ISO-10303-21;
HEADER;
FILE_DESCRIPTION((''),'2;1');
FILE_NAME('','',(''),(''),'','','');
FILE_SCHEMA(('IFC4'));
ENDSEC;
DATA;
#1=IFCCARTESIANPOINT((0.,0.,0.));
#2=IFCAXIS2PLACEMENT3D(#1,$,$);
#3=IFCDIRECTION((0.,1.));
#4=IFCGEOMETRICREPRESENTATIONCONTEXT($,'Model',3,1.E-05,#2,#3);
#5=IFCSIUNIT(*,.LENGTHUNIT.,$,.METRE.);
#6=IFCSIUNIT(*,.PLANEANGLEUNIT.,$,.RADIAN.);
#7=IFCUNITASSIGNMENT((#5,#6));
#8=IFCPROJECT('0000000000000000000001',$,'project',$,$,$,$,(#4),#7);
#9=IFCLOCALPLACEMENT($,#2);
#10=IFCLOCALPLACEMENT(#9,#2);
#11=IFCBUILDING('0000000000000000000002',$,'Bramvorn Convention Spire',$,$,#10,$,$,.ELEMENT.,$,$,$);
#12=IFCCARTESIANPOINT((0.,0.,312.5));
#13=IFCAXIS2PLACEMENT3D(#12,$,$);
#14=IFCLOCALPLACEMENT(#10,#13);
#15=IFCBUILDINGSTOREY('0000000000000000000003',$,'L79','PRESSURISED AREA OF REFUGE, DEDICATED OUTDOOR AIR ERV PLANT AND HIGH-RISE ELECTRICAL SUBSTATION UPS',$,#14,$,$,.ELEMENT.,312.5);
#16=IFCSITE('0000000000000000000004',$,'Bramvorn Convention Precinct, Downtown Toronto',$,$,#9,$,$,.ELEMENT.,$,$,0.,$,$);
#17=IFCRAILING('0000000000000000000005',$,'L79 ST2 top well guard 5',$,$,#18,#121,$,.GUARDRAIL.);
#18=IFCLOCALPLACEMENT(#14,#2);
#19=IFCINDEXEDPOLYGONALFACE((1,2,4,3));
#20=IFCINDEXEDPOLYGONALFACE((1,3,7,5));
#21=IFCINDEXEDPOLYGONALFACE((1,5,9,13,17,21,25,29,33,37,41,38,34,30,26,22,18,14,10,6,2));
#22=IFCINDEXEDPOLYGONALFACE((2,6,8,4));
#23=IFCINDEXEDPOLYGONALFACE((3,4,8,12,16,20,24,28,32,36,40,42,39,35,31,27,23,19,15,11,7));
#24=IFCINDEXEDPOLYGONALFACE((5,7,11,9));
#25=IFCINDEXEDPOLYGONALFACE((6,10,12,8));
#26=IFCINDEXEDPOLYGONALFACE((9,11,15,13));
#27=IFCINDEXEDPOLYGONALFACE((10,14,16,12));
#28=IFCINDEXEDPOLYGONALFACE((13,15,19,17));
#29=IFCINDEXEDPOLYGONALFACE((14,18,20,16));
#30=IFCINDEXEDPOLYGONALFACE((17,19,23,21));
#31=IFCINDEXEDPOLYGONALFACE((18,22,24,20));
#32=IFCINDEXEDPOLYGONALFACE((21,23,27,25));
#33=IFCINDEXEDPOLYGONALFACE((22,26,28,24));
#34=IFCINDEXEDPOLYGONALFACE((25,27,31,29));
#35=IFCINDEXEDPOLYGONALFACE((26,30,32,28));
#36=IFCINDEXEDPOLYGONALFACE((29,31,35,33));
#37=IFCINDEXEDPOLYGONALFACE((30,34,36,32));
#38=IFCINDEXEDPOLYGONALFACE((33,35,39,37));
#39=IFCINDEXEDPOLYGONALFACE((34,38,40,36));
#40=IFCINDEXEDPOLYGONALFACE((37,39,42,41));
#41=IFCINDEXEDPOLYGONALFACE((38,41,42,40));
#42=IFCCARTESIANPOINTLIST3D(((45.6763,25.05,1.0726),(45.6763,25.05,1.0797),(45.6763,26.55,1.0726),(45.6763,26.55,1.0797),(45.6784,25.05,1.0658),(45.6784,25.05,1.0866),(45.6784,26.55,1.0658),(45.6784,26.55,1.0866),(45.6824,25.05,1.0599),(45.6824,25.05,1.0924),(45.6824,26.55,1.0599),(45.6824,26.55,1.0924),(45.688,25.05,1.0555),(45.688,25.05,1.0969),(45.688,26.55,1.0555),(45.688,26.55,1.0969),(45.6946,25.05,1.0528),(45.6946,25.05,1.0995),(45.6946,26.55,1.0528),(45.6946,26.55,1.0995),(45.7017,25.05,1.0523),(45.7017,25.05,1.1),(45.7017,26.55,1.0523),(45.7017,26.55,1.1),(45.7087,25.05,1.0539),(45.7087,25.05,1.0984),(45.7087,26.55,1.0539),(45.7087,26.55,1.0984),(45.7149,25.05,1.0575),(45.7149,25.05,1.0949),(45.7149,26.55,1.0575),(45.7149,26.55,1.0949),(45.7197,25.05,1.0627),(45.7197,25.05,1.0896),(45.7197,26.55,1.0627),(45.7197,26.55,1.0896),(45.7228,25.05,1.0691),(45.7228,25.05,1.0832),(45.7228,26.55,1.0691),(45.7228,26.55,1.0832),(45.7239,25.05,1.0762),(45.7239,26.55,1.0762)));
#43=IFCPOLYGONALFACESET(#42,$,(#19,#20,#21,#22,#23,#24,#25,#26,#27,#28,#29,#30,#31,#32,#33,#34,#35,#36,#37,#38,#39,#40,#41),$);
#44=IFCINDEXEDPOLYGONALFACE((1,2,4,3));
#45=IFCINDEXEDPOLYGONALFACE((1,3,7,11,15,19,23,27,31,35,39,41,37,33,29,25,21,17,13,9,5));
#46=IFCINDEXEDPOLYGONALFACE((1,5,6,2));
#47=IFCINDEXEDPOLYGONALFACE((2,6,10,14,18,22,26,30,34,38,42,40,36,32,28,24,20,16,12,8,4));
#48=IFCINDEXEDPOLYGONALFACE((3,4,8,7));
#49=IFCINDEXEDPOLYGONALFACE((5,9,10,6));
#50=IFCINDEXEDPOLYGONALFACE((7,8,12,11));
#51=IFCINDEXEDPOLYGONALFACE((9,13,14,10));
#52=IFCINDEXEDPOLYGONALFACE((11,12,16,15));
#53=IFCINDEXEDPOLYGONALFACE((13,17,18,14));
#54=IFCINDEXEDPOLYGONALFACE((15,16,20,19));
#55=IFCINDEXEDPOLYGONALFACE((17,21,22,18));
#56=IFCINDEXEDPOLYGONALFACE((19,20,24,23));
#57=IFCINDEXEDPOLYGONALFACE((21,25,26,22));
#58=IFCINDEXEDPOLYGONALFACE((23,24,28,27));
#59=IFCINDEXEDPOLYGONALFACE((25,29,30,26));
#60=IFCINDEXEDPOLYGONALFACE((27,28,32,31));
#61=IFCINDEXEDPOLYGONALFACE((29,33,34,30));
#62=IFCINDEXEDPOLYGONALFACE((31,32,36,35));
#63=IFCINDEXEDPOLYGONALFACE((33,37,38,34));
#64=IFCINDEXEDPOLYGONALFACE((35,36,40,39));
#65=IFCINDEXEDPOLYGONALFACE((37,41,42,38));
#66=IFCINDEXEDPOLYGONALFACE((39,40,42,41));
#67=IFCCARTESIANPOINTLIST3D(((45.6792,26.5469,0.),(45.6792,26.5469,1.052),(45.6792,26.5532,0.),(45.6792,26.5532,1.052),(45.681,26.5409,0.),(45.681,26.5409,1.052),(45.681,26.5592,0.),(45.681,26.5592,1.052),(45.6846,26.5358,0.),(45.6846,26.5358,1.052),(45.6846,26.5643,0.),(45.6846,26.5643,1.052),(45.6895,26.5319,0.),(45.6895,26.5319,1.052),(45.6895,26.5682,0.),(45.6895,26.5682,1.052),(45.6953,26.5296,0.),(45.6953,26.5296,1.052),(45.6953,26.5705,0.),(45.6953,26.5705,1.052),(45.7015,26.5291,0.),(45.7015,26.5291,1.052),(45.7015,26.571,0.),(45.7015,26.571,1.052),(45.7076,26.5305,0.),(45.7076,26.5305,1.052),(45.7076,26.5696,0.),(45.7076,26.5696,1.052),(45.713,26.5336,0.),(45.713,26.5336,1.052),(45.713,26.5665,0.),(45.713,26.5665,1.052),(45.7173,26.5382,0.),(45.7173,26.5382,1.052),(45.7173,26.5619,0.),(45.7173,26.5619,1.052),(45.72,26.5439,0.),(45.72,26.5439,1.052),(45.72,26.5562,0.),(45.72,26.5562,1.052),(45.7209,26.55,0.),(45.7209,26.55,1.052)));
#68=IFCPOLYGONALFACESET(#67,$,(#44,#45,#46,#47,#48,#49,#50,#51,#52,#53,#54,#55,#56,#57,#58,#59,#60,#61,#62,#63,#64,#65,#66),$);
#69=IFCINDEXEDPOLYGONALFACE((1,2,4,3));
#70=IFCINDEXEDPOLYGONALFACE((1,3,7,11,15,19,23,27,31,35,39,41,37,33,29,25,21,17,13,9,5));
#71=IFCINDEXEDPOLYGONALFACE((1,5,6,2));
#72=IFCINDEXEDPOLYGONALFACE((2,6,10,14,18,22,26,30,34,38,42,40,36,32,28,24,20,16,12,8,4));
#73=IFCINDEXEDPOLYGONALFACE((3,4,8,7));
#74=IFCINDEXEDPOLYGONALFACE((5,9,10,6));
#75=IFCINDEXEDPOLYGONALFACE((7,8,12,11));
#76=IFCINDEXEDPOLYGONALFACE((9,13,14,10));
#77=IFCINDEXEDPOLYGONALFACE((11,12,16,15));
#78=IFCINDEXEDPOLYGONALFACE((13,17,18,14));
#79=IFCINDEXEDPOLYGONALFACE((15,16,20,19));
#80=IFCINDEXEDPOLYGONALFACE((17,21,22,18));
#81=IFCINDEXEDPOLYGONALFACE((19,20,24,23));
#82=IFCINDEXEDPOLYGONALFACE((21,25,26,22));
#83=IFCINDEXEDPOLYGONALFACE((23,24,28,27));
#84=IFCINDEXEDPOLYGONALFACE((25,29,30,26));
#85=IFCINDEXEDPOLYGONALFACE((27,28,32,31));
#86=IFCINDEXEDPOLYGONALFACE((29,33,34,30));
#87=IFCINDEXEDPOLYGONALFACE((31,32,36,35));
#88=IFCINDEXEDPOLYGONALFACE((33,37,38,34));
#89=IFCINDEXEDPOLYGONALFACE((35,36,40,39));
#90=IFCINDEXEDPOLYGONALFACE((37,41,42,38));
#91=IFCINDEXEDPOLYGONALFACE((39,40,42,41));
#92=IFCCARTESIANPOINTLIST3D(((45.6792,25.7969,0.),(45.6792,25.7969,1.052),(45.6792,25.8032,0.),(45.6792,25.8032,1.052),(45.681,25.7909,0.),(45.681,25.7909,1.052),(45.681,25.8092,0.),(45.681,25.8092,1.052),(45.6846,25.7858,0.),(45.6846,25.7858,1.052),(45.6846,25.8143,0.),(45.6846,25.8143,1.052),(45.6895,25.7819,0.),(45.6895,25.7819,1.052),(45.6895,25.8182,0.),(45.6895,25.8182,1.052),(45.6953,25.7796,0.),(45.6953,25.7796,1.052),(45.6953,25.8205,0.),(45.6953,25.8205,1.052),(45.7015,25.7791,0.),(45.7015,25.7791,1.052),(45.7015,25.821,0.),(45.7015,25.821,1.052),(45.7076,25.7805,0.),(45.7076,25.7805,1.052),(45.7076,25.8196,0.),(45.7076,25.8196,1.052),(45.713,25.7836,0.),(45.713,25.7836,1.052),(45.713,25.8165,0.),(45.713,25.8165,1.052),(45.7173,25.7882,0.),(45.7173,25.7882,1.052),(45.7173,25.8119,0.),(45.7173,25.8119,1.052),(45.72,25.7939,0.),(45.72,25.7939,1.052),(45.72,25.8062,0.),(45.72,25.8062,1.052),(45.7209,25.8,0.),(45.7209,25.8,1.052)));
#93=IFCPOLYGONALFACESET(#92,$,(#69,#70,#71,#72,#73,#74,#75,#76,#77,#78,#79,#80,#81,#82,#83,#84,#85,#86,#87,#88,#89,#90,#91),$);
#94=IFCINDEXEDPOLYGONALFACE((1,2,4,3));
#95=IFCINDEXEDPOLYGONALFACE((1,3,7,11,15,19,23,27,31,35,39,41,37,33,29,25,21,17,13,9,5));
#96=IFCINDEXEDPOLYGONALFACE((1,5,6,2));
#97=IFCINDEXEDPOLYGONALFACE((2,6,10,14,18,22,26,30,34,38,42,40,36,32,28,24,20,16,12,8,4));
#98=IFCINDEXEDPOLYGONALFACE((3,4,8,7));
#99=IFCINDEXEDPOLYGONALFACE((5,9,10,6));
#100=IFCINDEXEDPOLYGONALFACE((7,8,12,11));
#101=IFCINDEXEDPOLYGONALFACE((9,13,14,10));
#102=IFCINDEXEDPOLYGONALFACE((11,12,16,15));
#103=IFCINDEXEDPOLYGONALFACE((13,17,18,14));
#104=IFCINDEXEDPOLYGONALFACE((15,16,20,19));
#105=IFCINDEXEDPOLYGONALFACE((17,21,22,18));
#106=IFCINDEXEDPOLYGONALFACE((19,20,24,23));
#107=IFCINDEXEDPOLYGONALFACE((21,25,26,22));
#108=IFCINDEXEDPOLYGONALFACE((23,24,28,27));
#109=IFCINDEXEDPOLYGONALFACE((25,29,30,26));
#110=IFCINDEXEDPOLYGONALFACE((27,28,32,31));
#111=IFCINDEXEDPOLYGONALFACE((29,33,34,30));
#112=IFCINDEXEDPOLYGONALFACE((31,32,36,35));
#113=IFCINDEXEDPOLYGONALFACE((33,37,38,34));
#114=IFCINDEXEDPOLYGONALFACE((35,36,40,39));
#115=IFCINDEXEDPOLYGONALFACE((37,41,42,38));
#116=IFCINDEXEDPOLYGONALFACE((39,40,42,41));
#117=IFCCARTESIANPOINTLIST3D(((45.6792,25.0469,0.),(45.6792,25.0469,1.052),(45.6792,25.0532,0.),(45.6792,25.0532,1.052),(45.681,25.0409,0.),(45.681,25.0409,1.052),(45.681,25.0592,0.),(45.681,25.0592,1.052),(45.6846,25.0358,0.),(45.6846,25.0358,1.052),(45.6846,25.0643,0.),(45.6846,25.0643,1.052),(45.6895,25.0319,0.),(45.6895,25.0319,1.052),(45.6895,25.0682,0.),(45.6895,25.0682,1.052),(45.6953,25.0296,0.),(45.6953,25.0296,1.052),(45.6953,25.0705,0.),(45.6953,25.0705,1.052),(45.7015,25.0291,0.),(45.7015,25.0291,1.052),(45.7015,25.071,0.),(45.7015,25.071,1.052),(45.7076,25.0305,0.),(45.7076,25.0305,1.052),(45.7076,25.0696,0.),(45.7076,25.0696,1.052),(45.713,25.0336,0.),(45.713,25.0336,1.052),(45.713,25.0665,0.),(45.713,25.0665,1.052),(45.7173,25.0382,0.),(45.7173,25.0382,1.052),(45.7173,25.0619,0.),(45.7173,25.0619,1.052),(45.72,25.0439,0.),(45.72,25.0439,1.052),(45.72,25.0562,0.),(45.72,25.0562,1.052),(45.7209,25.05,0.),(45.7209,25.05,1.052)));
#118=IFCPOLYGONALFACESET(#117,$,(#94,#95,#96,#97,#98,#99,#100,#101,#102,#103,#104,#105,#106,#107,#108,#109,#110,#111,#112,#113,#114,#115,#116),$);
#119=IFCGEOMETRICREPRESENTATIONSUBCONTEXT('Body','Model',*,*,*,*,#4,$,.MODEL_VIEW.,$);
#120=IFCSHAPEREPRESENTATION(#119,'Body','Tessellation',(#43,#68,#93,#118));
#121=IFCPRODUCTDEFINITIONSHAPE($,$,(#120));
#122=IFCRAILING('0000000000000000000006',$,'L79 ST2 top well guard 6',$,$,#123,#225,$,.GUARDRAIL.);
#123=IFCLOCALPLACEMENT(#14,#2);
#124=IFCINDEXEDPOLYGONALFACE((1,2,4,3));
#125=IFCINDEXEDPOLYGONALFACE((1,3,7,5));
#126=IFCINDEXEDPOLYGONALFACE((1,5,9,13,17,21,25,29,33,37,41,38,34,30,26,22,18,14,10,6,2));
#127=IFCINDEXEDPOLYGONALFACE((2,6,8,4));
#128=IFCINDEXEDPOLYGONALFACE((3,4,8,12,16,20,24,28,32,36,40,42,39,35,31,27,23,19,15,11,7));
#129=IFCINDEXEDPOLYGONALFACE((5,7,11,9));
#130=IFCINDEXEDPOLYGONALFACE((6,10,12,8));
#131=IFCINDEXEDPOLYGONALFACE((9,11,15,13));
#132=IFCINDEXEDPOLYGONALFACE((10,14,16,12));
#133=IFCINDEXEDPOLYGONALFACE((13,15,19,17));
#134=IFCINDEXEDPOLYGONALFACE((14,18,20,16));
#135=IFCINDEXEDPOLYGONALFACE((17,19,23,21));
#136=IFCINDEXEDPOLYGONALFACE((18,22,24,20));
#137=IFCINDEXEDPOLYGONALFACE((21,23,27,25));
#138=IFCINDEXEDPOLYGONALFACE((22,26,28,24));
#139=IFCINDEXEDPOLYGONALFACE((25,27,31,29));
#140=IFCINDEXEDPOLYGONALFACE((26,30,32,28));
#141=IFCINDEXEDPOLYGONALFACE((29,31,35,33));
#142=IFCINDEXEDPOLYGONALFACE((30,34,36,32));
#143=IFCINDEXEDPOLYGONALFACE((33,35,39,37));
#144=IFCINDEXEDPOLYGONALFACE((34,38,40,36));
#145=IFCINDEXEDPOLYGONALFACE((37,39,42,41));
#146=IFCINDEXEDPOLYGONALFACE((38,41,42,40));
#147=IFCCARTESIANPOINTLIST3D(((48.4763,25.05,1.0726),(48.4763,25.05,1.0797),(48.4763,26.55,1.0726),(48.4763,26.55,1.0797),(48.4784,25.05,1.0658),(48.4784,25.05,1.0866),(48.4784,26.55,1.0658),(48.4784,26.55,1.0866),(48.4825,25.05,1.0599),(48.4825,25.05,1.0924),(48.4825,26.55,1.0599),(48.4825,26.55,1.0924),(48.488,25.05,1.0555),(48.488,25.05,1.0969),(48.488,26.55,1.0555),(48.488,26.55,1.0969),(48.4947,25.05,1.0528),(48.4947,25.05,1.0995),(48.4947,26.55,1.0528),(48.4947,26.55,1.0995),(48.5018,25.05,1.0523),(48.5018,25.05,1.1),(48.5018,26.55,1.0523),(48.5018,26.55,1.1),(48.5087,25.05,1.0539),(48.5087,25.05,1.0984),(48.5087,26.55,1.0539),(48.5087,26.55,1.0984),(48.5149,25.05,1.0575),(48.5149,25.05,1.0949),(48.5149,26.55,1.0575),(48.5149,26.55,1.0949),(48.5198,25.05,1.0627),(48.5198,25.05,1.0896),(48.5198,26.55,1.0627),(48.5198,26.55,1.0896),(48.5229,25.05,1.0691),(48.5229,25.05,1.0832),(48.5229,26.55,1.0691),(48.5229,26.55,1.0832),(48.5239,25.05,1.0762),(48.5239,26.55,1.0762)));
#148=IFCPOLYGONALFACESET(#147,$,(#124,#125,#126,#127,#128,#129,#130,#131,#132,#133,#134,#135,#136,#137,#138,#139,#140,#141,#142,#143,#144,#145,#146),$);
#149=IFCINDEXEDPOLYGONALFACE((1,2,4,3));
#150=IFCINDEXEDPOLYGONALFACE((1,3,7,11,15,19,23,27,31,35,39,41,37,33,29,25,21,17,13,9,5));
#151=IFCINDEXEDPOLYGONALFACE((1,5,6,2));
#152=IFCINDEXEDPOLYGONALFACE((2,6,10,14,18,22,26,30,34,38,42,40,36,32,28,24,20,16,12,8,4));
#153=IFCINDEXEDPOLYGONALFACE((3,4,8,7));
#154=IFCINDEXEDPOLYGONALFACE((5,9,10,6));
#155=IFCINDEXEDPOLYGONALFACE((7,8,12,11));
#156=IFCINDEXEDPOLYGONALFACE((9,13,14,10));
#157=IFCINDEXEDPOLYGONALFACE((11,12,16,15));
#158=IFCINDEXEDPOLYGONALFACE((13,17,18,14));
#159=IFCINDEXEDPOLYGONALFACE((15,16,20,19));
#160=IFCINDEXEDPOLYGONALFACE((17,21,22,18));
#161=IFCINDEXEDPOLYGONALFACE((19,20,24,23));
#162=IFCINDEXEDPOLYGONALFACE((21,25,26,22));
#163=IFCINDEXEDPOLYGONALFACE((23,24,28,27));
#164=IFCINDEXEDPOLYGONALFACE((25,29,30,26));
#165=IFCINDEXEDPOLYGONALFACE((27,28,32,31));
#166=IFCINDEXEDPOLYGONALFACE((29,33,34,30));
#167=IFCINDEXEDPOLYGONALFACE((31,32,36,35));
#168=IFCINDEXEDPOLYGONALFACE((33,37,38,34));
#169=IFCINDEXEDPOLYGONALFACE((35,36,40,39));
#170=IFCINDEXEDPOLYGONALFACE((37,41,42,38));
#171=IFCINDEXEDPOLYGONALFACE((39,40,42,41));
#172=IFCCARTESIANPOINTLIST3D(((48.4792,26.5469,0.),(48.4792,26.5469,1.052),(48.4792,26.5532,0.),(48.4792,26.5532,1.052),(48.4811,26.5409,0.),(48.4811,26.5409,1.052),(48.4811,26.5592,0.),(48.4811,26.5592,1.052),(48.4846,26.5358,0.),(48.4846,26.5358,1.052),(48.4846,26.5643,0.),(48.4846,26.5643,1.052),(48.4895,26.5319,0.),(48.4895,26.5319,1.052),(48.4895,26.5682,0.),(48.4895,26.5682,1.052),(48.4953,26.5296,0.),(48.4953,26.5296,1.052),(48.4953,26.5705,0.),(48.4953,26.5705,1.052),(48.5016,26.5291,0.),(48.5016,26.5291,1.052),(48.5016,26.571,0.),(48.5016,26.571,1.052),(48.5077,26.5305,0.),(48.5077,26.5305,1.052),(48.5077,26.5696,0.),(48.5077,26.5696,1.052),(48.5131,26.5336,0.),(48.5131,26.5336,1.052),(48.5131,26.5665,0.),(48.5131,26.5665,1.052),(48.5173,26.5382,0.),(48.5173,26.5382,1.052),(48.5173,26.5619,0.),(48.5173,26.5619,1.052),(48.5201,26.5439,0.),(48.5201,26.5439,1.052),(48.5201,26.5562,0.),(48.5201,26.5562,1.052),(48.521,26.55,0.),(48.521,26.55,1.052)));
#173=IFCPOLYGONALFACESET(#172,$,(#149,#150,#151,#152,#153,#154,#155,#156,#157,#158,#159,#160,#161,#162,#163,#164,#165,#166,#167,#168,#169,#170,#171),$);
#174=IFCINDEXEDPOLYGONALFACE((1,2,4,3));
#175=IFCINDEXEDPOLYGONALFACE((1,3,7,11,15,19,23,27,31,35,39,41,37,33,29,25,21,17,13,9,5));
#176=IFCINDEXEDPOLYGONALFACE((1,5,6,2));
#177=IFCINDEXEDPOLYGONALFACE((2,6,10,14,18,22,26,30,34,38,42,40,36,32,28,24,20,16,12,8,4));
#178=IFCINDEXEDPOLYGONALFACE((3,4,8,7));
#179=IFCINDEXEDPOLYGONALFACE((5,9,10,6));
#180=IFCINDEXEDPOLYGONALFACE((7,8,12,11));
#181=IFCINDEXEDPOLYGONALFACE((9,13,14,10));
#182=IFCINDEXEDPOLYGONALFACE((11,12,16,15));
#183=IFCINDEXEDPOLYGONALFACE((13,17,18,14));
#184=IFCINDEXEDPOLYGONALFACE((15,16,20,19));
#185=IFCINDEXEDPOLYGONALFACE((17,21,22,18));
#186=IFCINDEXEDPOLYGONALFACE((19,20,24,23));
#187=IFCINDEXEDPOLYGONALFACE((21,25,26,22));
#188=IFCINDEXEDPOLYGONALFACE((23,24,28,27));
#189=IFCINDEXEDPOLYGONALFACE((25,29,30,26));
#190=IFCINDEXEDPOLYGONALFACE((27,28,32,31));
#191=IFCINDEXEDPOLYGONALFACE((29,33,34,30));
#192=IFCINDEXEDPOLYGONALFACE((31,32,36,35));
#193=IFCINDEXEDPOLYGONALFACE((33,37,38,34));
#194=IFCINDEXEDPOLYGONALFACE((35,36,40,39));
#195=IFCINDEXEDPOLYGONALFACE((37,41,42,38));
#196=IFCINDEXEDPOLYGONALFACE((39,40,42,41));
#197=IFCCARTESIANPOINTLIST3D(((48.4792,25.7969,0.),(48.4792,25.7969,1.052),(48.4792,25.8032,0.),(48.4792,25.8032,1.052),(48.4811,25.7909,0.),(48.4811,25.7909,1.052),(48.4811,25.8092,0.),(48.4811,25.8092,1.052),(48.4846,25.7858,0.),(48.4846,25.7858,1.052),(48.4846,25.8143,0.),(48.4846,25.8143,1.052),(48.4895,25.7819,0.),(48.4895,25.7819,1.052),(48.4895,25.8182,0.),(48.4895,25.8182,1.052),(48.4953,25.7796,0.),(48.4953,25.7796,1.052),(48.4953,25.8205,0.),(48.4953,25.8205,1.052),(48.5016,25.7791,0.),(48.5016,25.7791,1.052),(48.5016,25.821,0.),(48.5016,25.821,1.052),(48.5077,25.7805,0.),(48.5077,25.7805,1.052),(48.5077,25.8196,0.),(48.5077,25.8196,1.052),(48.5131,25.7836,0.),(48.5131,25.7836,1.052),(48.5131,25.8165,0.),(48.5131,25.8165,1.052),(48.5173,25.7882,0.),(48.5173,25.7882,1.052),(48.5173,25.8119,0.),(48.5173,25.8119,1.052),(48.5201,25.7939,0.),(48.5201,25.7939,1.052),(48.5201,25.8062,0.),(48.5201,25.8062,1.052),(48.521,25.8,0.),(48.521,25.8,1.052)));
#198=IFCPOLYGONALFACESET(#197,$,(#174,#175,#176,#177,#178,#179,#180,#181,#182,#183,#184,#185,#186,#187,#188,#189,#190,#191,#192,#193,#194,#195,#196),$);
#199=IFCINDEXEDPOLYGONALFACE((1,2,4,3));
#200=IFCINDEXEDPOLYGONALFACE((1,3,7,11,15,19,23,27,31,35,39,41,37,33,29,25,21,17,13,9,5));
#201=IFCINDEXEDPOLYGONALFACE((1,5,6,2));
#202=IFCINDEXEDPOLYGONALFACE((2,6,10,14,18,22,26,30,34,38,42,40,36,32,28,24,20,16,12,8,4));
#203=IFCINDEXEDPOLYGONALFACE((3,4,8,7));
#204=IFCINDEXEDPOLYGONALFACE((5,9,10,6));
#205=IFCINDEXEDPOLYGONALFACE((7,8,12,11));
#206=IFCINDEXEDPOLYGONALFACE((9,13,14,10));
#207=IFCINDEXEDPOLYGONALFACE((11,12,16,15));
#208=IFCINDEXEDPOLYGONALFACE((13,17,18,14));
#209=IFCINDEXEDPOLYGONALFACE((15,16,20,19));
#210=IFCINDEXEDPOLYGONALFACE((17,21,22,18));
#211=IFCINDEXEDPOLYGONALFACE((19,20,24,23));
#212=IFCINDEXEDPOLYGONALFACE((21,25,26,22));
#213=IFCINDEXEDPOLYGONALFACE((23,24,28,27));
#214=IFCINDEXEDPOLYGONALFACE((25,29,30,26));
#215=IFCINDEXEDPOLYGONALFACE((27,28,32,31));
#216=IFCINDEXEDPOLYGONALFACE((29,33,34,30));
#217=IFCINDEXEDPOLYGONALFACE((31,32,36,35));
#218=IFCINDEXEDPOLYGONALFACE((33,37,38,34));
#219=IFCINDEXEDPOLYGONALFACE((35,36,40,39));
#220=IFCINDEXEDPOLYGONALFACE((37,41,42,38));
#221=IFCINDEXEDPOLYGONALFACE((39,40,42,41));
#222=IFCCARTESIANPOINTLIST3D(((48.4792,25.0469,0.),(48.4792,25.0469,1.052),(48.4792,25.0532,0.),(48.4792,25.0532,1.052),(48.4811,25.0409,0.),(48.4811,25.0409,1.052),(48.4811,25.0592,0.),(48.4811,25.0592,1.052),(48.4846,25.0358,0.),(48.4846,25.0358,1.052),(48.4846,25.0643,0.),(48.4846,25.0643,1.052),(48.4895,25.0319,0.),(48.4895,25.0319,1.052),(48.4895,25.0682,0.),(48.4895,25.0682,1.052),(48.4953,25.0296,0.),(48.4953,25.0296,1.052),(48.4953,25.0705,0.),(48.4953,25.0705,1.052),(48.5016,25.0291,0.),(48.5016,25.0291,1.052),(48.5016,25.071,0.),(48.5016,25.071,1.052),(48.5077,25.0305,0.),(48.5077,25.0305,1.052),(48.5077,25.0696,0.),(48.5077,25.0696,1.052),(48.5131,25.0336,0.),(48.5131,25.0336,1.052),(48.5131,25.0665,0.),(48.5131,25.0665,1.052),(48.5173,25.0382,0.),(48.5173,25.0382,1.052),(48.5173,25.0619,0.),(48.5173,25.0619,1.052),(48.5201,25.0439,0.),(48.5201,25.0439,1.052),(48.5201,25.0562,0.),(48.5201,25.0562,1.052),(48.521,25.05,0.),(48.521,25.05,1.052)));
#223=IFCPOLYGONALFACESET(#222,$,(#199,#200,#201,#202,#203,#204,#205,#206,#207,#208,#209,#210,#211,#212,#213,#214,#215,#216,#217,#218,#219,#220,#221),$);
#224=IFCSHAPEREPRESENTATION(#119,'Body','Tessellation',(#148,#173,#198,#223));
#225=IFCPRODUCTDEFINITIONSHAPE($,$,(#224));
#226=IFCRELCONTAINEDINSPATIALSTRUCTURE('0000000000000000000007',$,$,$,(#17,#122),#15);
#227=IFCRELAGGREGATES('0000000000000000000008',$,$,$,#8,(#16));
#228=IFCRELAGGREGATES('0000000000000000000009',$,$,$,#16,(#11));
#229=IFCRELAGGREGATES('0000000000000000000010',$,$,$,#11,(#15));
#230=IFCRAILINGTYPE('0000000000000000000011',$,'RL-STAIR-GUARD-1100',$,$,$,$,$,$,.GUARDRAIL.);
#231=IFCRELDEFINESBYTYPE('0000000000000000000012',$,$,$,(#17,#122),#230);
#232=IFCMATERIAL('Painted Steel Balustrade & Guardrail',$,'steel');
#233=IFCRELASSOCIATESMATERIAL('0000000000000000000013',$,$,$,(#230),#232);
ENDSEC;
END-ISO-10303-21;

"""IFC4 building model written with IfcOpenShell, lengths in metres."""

from ifc_helpers import new_model, si_unit, direction, frame, origin, origin_2d, place, context, subcontext, project, spatial, circle, extrude, material, type_object, element, save


model = new_model("IFC4")

# Units and contexts
model_context = context("Model", 3, precision=1e-05, world=origin(), true_north=direction((0.0, 1.0)))
body_context = subcontext(model_context, "Body", "Model", "MODEL_VIEW")
ifc_project = project(units=[si_unit("LENGTHUNIT", "METRE"), si_unit("PLANEANGLEUNIT", "RADIAN")], contexts=[model_context])

# Site, building, storey
site_placement = place(None, origin())
site = spatial("IfcSite", under=ifc_project, at=site_placement, Name="Bramvorn Convention Precinct, Downtown Toronto", CompositionType="ELEMENT", RefElevation=0.0)
building_placement = place(site_placement, origin())
building = spatial("IfcBuilding", under=site, at=building_placement, Name="Bramvorn Convention Spire", CompositionType="ELEMENT")
storey_placement = place(building_placement, frame((0.0, 0.0, 312.5)))
storey = spatial("IfcBuildingStorey", under=building, at=storey_placement, Name="L79", Description="PRESSURISED AREA OF REFUGE, DEDICATED OUTDOOR AIR ERV PLANT AND HIGH-RISE ELECTRICAL SUBSTATION UPS", CompositionType="ELEMENT", Elevation=312.5)

# Railings
ifc_material_1 = material(Name="Painted Steel Balustrade & Guardrail", Category="steel")
railing_type = type_object("IfcRailingType", Name="RL-STAIR-GUARD-1100", PredefinedType="GUARDRAIL", material=ifc_material_1)
for number, where, name in (
    (1, (45.7, 26.55, 0.0), "L79 ST2 top well guard 5"),
    (2, (48.5, 26.55, 0.0), "L79 ST2 top well guard 6"),
):
    element("IfcRailing", number, at=place(storey_placement, frame(where)), inside=storey, type_object=railing_type, Name=name, PredefinedType="GUARDRAIL", context=body_context, shape_type="SweptSolid", body=[
        extrude(circle(Radius=0.0239, at=origin_2d()), frame((0.0, 0.0, 1.0762), z_axis=(0.0, -1.0, 0.0), x_axis=(1.0, 0.0, 0.0)), (0.0, 0.0, 1.0), 1.5),
        extrude(circle(Radius=0.021, at=origin_2d()), origin(), (0.0, 0.0, 1.0), 1.052),
        extrude(circle(Radius=0.021, at=origin_2d()), frame((0.0, -0.75, 0.0)), (0.0, 0.0, 1.0), 1.052),
        extrude(circle(Radius=0.021, at=origin_2d()), frame((0.0, -1.5, 0.0)), (0.0, 0.0, 1.0), 1.052),
    ])

save(model, "model.ifc")
